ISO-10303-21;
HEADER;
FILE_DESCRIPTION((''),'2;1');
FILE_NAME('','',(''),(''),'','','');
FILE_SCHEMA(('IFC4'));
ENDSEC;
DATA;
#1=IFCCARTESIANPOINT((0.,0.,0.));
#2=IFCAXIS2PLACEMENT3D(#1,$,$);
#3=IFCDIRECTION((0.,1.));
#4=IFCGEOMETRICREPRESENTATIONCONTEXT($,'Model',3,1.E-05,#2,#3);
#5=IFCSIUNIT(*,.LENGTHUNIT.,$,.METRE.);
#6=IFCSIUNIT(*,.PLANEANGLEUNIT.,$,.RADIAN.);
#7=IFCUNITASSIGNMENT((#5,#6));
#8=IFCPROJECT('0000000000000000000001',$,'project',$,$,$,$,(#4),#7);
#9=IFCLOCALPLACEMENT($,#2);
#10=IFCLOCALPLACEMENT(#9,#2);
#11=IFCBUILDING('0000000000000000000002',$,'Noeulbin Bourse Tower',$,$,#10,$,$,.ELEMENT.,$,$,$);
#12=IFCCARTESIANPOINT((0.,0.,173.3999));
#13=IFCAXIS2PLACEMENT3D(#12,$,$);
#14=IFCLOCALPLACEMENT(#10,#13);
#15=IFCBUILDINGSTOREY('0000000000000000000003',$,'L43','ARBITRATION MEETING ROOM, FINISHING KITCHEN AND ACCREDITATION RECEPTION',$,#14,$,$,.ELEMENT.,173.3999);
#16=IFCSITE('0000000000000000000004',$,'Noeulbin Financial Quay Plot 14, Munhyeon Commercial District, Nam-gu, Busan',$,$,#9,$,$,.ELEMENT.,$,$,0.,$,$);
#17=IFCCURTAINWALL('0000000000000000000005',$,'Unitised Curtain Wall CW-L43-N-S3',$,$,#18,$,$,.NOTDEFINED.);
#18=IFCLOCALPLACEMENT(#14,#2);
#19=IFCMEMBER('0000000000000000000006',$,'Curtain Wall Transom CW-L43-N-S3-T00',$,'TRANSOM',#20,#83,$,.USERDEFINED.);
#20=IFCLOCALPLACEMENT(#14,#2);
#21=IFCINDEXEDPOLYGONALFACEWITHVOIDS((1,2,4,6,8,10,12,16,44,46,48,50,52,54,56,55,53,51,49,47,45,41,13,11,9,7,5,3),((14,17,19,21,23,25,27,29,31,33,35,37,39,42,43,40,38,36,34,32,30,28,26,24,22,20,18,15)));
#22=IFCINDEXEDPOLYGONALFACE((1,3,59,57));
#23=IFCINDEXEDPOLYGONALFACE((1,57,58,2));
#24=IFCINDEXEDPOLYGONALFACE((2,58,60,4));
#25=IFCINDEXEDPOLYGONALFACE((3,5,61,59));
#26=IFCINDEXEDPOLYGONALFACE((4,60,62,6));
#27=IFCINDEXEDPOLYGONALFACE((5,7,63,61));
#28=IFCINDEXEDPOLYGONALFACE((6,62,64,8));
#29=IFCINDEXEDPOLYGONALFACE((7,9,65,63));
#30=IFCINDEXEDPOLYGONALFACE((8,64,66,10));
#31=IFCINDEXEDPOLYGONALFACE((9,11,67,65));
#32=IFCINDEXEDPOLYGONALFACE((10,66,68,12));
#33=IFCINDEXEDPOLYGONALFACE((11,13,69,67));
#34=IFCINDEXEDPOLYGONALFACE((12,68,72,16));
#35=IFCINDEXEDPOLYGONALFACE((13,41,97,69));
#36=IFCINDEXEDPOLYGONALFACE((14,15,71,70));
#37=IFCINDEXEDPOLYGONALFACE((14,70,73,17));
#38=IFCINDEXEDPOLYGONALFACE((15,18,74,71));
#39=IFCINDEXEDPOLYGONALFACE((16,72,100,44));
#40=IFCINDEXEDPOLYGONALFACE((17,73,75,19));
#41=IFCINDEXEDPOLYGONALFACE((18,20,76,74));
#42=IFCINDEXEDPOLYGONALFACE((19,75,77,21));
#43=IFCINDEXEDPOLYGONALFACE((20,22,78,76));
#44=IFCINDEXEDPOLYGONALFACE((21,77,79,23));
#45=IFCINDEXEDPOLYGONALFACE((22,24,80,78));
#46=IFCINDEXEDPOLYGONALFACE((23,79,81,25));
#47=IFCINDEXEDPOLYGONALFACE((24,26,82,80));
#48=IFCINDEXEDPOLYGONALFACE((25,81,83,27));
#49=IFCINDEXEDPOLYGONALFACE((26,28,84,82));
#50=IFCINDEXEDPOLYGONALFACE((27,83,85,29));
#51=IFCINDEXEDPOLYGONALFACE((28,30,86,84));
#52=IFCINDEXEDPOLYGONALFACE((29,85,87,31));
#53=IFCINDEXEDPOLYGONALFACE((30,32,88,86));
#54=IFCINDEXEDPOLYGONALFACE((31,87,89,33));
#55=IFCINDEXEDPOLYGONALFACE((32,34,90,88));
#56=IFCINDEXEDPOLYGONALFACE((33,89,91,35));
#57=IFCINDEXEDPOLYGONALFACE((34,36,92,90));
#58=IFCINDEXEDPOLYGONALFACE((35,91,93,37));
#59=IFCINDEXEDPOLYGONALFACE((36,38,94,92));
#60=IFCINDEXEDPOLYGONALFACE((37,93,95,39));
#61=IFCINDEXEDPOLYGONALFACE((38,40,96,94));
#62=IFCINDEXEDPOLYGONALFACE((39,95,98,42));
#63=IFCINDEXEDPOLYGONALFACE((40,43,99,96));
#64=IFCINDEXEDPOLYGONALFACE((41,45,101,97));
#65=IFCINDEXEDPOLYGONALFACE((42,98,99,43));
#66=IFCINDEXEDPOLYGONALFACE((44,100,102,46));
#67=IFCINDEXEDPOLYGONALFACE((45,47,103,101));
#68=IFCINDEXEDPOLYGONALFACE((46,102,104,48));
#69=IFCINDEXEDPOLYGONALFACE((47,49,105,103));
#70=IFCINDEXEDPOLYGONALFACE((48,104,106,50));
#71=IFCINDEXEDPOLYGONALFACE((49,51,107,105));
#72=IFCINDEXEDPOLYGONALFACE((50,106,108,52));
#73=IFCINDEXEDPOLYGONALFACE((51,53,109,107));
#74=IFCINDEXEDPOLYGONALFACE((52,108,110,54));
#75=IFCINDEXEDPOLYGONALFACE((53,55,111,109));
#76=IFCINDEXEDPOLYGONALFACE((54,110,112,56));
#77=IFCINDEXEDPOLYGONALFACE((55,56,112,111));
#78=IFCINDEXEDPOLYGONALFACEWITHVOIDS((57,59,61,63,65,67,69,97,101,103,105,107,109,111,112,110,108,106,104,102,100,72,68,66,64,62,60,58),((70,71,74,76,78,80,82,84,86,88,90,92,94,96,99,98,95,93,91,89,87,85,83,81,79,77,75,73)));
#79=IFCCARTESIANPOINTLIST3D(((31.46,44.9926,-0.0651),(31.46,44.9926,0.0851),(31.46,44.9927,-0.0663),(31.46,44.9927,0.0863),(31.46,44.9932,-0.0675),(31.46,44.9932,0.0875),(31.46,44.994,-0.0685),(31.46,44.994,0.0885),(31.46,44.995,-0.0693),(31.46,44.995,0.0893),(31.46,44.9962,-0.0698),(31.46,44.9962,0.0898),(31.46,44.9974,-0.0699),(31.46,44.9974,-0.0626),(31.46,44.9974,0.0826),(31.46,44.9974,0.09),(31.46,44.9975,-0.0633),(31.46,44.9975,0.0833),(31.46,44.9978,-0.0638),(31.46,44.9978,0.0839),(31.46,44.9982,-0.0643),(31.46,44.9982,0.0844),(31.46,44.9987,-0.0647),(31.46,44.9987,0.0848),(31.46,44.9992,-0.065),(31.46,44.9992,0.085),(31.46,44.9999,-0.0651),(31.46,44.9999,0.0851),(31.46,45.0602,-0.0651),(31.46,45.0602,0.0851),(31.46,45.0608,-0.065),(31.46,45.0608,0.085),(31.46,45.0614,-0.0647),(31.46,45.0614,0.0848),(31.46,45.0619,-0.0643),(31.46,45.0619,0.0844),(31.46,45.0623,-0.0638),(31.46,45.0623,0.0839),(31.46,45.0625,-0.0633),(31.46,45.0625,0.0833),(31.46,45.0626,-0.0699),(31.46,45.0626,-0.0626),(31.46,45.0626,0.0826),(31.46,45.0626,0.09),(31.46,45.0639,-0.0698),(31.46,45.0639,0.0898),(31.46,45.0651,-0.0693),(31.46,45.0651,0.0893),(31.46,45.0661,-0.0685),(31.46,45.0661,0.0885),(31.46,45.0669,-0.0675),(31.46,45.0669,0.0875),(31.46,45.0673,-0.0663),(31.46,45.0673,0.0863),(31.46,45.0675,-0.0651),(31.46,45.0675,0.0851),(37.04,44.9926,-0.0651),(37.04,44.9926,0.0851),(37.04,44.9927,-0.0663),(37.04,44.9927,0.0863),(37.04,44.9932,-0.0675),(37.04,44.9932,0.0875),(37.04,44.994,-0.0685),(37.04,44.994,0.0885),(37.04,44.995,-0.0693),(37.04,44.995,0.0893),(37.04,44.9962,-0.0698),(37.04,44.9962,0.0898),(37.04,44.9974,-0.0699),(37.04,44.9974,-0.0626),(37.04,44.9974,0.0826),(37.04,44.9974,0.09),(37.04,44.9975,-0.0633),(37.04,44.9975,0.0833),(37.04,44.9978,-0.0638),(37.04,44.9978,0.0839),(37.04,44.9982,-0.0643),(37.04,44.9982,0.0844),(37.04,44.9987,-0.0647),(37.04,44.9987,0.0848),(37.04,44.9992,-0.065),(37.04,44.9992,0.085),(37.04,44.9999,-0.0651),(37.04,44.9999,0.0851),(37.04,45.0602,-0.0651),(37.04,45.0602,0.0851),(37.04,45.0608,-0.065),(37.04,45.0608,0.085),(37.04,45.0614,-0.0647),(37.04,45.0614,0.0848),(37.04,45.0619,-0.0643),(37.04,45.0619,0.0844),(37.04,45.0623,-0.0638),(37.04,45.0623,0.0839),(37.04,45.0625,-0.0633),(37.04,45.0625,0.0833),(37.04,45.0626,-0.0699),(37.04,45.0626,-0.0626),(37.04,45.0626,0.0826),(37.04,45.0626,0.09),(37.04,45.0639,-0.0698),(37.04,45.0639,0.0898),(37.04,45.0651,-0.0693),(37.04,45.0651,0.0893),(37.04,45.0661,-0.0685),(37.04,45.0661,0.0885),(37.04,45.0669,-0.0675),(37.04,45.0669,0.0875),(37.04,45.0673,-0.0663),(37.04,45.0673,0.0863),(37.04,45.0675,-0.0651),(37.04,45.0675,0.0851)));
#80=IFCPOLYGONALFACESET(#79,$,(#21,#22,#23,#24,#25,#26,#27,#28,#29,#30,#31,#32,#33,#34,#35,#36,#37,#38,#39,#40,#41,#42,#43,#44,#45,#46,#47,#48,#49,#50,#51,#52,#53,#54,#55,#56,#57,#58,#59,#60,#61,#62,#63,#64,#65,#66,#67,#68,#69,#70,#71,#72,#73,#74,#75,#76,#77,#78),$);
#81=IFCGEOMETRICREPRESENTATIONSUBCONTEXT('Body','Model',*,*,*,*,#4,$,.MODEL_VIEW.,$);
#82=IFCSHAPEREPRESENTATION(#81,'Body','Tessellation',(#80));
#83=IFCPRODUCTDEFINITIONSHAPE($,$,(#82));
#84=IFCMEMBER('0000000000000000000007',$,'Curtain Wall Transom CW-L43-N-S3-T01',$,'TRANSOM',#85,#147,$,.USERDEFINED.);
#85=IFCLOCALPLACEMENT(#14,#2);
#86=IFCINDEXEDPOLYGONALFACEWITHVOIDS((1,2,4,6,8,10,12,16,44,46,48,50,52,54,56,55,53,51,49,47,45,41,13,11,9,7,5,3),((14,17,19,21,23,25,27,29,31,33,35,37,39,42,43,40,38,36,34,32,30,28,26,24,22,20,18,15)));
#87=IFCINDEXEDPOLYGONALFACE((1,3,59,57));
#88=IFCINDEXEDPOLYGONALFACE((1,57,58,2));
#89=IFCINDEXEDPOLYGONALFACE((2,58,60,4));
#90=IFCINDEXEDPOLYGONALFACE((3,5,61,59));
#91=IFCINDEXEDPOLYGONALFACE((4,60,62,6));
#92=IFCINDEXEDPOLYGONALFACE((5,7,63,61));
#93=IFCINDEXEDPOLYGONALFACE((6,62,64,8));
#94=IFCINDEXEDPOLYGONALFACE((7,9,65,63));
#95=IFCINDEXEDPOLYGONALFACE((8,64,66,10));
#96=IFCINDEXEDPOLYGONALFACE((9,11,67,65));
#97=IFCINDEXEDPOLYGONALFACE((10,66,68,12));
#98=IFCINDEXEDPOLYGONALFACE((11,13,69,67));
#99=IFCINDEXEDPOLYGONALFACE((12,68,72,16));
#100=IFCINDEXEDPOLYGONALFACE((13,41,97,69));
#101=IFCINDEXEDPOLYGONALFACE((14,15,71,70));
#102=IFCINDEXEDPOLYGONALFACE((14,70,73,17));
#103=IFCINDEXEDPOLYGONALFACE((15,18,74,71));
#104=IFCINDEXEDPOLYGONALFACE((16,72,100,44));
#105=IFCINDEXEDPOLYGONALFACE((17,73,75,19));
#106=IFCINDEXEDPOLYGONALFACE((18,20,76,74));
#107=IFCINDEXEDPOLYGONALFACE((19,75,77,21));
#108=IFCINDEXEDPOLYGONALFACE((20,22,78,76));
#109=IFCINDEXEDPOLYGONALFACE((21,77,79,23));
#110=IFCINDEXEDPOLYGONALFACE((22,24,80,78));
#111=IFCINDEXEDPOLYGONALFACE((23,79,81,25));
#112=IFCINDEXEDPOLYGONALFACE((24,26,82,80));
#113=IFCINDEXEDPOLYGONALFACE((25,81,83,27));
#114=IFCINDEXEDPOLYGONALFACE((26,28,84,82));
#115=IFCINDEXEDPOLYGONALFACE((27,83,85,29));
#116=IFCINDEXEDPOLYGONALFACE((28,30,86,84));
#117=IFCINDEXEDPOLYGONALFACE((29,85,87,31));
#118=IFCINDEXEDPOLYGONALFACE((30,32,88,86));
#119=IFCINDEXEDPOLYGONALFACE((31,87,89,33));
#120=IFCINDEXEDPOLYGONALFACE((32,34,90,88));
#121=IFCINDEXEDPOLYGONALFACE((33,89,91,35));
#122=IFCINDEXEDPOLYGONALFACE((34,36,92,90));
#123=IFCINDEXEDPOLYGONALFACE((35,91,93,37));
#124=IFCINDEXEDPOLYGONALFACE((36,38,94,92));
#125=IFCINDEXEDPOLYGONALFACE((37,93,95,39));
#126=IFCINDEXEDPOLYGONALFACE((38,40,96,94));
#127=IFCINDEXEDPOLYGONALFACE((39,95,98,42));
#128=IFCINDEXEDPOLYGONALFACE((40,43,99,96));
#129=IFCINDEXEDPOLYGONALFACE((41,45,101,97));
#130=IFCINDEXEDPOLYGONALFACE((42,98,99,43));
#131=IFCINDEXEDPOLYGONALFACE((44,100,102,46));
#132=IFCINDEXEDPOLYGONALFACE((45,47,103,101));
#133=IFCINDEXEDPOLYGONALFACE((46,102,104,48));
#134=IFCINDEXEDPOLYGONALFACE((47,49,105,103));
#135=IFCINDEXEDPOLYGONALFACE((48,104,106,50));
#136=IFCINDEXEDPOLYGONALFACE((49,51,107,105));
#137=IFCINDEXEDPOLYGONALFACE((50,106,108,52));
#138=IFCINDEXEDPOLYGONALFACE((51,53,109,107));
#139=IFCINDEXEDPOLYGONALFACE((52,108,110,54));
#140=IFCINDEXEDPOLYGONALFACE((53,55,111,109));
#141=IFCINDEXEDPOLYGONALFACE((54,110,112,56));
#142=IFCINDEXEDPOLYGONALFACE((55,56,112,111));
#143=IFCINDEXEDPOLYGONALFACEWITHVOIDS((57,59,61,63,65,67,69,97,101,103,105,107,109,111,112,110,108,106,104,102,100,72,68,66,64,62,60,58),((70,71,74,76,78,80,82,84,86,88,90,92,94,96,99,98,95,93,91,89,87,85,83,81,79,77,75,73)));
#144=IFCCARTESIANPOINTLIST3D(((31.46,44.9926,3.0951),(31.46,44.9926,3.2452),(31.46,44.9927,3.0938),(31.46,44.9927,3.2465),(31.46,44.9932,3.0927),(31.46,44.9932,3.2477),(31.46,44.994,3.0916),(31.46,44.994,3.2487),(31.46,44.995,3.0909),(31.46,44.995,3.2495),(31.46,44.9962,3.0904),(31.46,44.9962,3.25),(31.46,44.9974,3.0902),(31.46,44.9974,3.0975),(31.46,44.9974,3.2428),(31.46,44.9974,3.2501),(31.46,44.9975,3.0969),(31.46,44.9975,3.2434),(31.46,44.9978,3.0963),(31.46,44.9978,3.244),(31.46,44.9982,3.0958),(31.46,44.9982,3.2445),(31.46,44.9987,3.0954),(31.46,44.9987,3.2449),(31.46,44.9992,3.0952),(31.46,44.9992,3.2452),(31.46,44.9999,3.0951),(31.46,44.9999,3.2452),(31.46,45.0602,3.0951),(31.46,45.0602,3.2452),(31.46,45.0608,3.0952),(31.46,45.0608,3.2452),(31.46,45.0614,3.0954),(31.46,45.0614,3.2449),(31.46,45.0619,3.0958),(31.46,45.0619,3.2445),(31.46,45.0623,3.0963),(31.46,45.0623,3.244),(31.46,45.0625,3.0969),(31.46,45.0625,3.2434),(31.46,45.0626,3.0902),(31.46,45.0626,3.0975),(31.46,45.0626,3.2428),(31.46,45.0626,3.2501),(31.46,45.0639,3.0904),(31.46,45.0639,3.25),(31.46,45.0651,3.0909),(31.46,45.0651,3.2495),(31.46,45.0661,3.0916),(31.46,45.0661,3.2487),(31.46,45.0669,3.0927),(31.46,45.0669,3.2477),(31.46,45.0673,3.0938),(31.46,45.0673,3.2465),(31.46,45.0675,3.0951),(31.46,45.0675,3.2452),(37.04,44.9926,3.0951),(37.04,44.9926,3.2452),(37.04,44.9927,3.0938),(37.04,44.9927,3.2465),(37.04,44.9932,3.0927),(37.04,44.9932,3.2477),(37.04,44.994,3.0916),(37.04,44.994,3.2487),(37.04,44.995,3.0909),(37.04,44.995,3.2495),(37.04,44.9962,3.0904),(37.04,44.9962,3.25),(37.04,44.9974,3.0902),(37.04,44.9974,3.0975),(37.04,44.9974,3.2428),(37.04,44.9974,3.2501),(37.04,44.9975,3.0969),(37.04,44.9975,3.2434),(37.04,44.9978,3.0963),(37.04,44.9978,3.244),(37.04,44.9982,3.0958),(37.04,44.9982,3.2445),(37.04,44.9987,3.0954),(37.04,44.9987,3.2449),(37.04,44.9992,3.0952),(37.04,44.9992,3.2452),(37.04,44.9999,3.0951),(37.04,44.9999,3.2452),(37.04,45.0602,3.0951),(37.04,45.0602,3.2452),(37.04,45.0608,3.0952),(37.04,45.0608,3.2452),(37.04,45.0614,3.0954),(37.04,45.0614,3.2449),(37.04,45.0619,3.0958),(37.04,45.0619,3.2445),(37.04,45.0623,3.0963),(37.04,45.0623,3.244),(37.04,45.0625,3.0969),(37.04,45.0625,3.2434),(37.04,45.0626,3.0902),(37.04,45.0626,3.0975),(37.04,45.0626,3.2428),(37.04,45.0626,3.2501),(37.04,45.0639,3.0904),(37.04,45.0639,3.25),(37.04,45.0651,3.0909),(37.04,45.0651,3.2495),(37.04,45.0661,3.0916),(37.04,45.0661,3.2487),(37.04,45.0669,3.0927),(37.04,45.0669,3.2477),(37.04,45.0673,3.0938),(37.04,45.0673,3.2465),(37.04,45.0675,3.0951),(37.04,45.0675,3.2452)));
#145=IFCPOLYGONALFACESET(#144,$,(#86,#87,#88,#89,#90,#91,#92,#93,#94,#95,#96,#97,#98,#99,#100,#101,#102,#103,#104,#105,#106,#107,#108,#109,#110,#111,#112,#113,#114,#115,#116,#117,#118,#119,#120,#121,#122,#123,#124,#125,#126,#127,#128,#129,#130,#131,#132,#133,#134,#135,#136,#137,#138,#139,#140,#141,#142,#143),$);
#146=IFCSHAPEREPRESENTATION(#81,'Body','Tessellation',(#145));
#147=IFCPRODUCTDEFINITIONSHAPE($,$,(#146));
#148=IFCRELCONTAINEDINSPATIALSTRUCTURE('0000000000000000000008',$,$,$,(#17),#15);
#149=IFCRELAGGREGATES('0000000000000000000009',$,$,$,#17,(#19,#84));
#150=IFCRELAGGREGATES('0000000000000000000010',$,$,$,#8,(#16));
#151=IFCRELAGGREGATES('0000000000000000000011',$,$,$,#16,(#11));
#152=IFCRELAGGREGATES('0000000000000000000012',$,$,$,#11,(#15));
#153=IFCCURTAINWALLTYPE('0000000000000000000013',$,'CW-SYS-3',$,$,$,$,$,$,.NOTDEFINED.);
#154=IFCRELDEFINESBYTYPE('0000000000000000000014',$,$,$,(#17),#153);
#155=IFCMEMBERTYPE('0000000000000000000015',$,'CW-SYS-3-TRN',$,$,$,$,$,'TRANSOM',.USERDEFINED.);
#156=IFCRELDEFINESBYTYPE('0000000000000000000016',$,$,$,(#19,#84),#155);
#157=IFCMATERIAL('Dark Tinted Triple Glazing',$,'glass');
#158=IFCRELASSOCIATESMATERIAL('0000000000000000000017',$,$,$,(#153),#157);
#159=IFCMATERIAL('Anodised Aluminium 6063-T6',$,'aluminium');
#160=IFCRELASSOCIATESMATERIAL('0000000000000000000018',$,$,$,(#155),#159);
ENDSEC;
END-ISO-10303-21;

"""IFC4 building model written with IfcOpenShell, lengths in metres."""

from ifc_helpers import new_model, si_unit, direction, frame, origin, origin_2d, place, context, subcontext, project, spatial, hollow_rectangle, extrude, material, material_profile, profile_set, type_object, element, aggregate, save


model = new_model("IFC4")

# Units and contexts
model_context = context("Model", 3, precision=1e-05, world=origin(), true_north=direction((0.0, 1.0)))
body_context = subcontext(model_context, "Body", "Model", "MODEL_VIEW")
ifc_project = project(units=[si_unit("LENGTHUNIT", "METRE"), si_unit("PLANEANGLEUNIT", "RADIAN")], contexts=[model_context])

# Site, building, storey
site_placement = place(None, origin())
site = spatial("IfcSite", under=ifc_project, at=site_placement, Name="Noeulbin Financial Quay Plot 14, Munhyeon Commercial District, Nam-gu, Busan", CompositionType="ELEMENT", RefElevation=0.0)
building_placement = place(site_placement, origin())
building = spatial("IfcBuilding", under=site, at=building_placement, Name="Noeulbin Bourse Tower", CompositionType="ELEMENT")
storey_placement = place(building_placement, frame((0.0, 0.0, 173.3999)))
storey = spatial("IfcBuildingStorey", under=building, at=storey_placement, Name="L43", Description="ARBITRATION MEETING ROOM, FINISHING KITCHEN AND ACCREDITATION RECEPTION", CompositionType="ELEMENT", Elevation=173.3999)

# Shared definitions
ifc_material_1 = material(Name="Dark Tinted Triple Glazing", Category="glass")
curtain_wall_type = type_object("IfcCurtainWallType", Name="CW-SYS-3", PredefinedType="NOTDEFINED", material=ifc_material_1)
ifc_material_2 = material(Name="Anodised Aluminium 6063-T6", Category="aluminium")

# Curtain wall
curtain_wall_1_placement = place(storey_placement, origin())
curtain_wall_1 = element("IfcCurtainWall", 1, at=curtain_wall_1_placement, inside=storey, type_object=curtain_wall_type, Name="Unitised Curtain Wall CW-L43-N-S3", PredefinedType="NOTDEFINED")

# Members
ifc_material_profile_1 = material_profile(ifc_material_2, hollow_rectangle(XDim=0.075, YDim=0.1599, WallThickness=0.0049, InnerFilletRadius=0.0024, OuterFilletRadius=0.0049, at=origin_2d()), Name="ALU-TRAN-75x160x5", Category="LoadBearing")
ifc_profile_set_1 = profile_set([ifc_material_profile_1], Name="Anodised Aluminium 6063-T6")
member_type_1 = type_object("IfcMemberType", Name="CW-SYS-3-TRN", ElementType="TRANSOM", PredefinedType="USERDEFINED", material=ifc_profile_set_1)
member_1_placement = place(storey_placement, frame((31.46, 45.03, 0.01), z_axis=(1.0, 0.0, 0.0), x_axis=(0.0, 1.0, 0.0)))
member_1 = element("IfcMember", 2, at=member_1_placement, type_object=member_type_1, Name="Curtain Wall Transom CW-L43-N-S3-T00", ObjectType="TRANSOM", PredefinedType="USERDEFINED", context=body_context, shape_type="SweptSolid", body=[
    extrude(hollow_rectangle(XDim=0.075, YDim=0.1599, WallThickness=0.0049, InnerFilletRadius=0.0024, OuterFilletRadius=0.0049, at=origin_2d()), origin(), (0.0, 0.0, 1.0), 5.5801),
])
member_2_placement = place(storey_placement, frame((31.46, 45.03, 3.1702), z_axis=(1.0, 0.0, 0.0), x_axis=(0.0, 1.0, 0.0)))
member_2 = element("IfcMember", 3, at=member_2_placement, type_object=member_type_1, Name="Curtain Wall Transom CW-L43-N-S3-T01", ObjectType="TRANSOM", PredefinedType="USERDEFINED", context=body_context, shape_type="SweptSolid", body=[
    extrude(hollow_rectangle(XDim=0.075, YDim=0.1599, WallThickness=0.0049, InnerFilletRadius=0.0024, OuterFilletRadius=0.0049, at=origin_2d()), origin(), (0.0, 0.0, 1.0), 5.5801),
])

aggregate(curtain_wall_1, [member_1, member_2])

save(model, "model.ifc")
